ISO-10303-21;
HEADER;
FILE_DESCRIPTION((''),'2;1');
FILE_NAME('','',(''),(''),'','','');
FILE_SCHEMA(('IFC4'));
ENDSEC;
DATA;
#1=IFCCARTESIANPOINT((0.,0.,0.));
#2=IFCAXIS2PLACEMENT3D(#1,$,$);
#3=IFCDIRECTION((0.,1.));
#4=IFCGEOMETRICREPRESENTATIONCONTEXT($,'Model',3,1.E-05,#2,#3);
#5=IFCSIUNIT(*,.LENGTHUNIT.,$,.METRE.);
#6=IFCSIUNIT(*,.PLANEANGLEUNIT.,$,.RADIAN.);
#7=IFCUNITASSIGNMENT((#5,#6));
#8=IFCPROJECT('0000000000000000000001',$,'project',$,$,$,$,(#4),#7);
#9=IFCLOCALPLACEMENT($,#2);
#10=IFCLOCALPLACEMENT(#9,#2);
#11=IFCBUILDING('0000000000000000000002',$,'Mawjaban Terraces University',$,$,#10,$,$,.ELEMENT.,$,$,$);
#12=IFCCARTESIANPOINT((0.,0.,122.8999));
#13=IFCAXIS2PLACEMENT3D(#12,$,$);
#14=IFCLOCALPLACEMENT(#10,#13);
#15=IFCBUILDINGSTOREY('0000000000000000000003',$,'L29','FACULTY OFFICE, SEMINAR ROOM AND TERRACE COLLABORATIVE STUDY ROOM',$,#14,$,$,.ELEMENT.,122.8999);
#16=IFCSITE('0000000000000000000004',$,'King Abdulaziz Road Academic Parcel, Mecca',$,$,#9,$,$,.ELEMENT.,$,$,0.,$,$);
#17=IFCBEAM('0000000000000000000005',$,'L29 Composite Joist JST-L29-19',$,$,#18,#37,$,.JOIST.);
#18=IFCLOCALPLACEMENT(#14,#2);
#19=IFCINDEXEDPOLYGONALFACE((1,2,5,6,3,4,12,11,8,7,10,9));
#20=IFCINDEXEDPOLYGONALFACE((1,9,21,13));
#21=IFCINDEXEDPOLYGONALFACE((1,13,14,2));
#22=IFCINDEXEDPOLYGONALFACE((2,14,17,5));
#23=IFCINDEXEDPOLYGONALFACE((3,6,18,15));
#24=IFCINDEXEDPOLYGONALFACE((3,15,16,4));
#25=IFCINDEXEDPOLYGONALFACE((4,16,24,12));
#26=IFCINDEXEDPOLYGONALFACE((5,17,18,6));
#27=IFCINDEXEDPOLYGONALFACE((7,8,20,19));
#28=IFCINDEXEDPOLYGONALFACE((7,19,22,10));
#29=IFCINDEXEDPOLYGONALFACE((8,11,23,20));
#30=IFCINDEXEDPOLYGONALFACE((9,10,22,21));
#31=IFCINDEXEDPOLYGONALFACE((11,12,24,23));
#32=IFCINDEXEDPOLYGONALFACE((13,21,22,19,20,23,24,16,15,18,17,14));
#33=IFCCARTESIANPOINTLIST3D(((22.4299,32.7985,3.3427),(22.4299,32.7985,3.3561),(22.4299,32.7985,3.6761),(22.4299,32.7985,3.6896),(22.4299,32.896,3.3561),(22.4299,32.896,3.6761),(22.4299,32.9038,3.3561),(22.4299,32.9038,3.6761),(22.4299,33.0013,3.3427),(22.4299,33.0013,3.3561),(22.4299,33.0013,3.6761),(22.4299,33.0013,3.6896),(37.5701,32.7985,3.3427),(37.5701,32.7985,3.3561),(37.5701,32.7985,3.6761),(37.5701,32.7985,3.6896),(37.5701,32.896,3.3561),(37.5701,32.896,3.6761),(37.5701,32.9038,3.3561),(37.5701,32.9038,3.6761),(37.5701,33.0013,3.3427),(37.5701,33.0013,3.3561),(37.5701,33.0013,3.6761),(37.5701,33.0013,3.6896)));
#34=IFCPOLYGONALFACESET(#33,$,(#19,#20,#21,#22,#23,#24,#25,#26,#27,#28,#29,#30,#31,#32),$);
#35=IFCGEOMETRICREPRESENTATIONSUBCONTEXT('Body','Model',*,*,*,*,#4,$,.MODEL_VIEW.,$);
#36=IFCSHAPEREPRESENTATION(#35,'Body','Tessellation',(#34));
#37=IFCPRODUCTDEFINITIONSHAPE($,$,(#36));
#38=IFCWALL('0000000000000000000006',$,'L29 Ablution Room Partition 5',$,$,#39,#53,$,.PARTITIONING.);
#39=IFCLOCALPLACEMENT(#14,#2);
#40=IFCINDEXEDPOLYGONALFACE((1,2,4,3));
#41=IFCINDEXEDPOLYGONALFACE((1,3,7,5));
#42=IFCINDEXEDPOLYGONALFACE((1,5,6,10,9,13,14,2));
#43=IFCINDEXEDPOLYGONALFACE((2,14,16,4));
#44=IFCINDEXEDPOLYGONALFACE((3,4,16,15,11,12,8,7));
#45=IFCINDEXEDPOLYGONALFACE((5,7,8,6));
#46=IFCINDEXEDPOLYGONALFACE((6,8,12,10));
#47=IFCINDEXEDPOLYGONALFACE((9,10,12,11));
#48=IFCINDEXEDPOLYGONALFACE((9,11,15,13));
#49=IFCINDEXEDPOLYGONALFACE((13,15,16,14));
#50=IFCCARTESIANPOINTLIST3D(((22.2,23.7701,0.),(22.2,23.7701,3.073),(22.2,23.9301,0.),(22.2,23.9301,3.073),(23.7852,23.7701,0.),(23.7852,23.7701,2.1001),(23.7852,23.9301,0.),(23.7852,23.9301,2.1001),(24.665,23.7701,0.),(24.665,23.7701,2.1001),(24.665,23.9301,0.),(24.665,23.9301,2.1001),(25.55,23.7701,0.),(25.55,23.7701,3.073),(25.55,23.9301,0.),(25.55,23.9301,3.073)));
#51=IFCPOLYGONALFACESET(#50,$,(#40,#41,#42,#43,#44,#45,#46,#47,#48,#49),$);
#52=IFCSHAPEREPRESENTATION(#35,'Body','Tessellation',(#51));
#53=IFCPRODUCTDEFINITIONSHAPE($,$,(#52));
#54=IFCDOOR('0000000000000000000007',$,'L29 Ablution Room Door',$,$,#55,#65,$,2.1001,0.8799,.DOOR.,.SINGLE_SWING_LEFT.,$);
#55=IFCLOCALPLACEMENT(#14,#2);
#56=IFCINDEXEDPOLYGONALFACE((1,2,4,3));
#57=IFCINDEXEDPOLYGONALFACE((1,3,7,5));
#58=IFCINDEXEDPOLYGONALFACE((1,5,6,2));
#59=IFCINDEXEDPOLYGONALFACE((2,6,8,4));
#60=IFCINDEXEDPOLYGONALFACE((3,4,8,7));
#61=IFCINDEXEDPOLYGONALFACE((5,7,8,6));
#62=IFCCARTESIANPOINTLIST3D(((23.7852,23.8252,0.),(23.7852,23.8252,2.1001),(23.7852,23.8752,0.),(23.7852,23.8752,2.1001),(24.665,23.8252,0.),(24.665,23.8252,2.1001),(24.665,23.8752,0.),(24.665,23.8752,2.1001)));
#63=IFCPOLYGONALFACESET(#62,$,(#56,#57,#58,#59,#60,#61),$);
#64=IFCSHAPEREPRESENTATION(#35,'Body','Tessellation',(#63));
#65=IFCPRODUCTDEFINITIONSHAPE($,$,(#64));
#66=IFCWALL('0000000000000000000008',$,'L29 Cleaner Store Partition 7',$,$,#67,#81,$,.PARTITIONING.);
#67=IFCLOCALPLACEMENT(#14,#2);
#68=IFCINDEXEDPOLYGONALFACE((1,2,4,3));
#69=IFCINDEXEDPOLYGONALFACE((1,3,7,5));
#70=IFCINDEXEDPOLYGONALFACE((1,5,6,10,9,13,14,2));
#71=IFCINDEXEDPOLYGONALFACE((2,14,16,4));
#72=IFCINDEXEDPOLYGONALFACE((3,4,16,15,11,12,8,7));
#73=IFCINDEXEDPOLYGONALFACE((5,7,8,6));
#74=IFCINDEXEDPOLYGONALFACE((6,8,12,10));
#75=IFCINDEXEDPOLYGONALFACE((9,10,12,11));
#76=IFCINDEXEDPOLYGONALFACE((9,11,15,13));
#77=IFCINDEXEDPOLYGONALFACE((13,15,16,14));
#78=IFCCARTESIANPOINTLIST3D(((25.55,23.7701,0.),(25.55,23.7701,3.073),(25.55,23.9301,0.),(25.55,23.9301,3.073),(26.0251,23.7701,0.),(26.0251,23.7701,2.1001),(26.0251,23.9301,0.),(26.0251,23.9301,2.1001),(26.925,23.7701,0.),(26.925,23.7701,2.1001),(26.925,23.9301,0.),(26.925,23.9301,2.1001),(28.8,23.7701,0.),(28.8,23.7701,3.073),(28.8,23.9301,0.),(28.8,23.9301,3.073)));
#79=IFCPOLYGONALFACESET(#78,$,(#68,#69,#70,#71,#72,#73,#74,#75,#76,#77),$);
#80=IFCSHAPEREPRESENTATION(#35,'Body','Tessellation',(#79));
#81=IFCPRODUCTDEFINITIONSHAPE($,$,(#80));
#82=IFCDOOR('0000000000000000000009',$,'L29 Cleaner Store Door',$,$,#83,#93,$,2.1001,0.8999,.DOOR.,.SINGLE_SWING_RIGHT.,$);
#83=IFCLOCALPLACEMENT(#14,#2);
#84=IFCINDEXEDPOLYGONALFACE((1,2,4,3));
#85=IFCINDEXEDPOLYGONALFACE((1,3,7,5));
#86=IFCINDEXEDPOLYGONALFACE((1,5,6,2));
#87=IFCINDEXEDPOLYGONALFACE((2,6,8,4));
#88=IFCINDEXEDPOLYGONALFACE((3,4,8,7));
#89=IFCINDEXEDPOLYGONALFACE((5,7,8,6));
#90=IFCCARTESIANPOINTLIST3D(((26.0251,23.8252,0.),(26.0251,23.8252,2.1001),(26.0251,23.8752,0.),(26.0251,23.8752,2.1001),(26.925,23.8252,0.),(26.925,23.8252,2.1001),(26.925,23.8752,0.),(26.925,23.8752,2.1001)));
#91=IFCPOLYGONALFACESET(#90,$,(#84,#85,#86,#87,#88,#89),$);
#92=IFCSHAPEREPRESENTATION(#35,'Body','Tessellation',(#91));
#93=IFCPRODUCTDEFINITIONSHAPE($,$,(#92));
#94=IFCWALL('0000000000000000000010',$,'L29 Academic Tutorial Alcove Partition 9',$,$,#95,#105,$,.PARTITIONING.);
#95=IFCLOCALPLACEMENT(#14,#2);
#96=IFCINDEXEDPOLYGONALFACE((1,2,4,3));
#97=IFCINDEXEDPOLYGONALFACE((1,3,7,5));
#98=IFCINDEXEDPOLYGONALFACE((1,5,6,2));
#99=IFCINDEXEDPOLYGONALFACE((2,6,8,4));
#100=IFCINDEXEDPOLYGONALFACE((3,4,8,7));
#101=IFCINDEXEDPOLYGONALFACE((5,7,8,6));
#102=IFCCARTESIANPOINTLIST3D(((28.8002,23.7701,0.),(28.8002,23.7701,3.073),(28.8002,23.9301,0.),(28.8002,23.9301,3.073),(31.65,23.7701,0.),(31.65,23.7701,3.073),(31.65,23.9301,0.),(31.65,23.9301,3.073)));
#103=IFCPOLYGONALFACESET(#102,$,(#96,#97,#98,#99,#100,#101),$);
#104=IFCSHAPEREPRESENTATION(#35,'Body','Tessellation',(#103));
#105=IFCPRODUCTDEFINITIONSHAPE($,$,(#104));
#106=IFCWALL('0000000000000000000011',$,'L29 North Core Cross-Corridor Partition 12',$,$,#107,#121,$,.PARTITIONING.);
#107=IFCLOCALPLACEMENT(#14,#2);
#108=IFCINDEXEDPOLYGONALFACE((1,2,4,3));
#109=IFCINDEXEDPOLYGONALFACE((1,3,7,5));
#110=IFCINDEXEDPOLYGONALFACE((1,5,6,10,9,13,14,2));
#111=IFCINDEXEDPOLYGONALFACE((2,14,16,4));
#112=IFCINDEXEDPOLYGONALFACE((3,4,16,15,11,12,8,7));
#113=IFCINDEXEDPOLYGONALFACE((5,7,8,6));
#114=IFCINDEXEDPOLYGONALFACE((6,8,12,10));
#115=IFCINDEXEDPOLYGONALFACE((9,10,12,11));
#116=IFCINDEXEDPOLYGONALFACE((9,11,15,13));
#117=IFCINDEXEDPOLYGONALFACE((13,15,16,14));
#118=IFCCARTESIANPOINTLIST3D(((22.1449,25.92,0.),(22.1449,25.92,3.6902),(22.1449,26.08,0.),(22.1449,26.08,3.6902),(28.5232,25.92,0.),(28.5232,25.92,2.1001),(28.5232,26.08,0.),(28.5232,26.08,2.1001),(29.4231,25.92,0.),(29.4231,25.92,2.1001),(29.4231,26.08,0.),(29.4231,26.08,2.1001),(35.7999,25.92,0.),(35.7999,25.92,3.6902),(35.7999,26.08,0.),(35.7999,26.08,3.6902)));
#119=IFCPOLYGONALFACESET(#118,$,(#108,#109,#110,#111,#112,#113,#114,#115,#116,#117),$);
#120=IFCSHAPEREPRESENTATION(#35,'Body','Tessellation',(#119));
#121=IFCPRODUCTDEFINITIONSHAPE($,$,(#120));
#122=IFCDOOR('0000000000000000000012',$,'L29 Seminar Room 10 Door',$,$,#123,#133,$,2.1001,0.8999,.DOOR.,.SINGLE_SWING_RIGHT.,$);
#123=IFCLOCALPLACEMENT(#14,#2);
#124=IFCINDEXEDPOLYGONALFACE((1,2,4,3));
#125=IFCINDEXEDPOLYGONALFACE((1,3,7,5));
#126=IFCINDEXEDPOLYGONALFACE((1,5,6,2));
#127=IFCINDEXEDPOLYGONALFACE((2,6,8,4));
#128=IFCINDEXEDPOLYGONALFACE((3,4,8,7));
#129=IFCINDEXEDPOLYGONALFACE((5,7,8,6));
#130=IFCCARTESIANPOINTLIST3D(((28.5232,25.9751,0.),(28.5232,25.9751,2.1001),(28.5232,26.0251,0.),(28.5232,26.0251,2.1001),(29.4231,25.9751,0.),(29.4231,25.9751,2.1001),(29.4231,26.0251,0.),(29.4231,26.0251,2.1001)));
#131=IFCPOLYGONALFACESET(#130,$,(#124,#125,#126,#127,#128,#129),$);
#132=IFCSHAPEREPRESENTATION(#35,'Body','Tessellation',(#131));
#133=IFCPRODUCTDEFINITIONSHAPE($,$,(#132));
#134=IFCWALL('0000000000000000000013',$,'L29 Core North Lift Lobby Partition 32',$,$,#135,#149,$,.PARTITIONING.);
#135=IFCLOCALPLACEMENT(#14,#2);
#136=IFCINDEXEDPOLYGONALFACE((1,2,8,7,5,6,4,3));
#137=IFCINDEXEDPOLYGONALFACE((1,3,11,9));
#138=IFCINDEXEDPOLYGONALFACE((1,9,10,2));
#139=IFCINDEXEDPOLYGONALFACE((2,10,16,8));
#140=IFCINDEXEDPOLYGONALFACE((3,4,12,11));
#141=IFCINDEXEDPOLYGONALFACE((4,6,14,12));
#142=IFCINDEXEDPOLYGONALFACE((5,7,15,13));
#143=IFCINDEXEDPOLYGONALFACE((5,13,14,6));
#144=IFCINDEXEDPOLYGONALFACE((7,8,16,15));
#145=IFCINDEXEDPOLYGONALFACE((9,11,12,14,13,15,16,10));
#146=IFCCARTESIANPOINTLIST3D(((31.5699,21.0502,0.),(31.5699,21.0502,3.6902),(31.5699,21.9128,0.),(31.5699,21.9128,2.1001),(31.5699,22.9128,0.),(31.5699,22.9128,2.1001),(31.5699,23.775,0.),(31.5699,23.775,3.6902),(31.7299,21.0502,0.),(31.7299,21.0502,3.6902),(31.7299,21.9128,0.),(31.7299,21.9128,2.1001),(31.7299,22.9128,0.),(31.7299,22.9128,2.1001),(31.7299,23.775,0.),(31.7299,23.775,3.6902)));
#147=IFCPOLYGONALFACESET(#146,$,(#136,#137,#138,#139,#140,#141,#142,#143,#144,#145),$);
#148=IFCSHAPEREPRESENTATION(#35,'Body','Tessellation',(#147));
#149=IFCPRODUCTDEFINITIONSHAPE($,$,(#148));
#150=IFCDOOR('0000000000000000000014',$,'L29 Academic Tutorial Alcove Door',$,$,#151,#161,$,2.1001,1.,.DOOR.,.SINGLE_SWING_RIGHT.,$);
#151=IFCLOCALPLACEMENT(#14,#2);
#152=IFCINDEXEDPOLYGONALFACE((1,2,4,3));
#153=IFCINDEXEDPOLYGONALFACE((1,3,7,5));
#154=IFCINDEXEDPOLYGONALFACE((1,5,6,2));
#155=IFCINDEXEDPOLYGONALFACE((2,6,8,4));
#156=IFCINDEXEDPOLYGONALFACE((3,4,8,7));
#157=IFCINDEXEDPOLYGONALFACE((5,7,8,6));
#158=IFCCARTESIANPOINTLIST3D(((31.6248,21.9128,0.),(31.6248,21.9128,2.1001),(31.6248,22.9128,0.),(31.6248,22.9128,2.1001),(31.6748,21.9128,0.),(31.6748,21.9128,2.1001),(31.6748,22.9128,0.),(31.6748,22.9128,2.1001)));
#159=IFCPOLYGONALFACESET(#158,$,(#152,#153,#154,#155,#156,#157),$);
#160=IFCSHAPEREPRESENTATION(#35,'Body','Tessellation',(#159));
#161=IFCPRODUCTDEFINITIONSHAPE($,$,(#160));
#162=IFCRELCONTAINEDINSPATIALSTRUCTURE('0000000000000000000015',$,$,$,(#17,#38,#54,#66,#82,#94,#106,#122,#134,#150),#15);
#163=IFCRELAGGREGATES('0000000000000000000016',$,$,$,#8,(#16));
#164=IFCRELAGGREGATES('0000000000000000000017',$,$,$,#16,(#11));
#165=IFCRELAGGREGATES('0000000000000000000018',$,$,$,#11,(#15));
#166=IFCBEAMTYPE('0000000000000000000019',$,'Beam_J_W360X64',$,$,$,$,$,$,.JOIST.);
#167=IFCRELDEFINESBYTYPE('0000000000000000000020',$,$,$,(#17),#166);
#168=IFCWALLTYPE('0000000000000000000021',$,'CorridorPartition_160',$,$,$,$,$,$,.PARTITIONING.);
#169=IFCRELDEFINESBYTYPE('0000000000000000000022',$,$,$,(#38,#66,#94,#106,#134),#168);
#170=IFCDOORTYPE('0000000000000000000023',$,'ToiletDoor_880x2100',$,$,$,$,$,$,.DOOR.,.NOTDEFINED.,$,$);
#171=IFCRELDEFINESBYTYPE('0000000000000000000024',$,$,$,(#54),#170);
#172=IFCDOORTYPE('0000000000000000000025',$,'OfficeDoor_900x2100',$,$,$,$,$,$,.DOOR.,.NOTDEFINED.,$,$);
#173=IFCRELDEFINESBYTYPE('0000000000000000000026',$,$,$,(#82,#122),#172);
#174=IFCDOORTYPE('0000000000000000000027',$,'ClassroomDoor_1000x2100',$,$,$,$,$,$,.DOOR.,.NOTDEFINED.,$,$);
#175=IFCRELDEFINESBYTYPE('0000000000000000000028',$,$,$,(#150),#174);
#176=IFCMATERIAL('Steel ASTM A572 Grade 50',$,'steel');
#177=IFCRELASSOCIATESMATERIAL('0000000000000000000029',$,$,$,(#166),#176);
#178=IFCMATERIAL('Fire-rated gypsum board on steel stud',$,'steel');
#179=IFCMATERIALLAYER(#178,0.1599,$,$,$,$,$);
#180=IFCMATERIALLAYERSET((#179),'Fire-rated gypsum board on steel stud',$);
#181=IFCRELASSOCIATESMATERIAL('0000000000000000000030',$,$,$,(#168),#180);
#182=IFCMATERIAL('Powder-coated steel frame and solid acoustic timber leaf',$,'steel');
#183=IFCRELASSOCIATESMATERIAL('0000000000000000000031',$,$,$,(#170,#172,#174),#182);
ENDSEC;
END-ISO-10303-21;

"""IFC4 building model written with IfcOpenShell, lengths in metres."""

from ifc_helpers import new_model, si_unit, direction, frame, frame_2d, origin, origin_2d, place, context, subcontext, project, spatial, rectangle, i_section, extrude, material, layer, layer_set, material_profile, profile_set, type_object, element, fill, save


model = new_model("IFC4")

# Units and contexts
model_context = context("Model", 3, precision=1e-05, world=origin(), true_north=direction((0.0, 1.0)))
body_context = subcontext(model_context, "Body", "Model", "MODEL_VIEW")
ifc_project = project(units=[si_unit("LENGTHUNIT", "METRE"), si_unit("PLANEANGLEUNIT", "RADIAN")], contexts=[model_context])

# Site, building, storey
site_placement = place(None, origin())
site = spatial("IfcSite", under=ifc_project, at=site_placement, Name="King Abdulaziz Road Academic Parcel, Mecca", CompositionType="ELEMENT", RefElevation=0.0)
building_placement = place(site_placement, origin())
building = spatial("IfcBuilding", under=site, at=building_placement, Name="Mawjaban Terraces University", CompositionType="ELEMENT")
storey_placement = place(building_placement, frame((0.0, 0.0, 122.8999)))
storey = spatial("IfcBuildingStorey", under=building, at=storey_placement, Name="L29", Description="FACULTY OFFICE, SEMINAR ROOM AND TERRACE COLLABORATIVE STUDY ROOM", CompositionType="ELEMENT", Elevation=122.8999)

# Beam
ifc_material_1 = material(Name="Steel ASTM A572 Grade 50", Category="steel")
ifc_material_profile_1 = material_profile(ifc_material_1, i_section(OverallWidth=0.2029, OverallDepth=0.3469, WebThickness=0.0078, FlangeThickness=0.0134, at=origin_2d()), Name="W360X64")
ifc_profile_set_1 = profile_set([ifc_material_profile_1], Name="Steel ASTM A572 Grade 50")
beam_type_1 = type_object("IfcBeamType", Name="Beam_J_W360X64", PredefinedType="JOIST", material=ifc_profile_set_1)
for number, where, z_axis, x_axis, name in (
    (1, (22.4299, 32.8999, 3.5161), (1.0, 0.0, 0.0), (0.0, 1.0, 0.0), "L29 Composite Joist JST-L29-19"),
):
    element("IfcBeam", number, at=place(storey_placement, frame(where, z_axis=z_axis, x_axis=x_axis)), inside=storey, type_object=beam_type_1, Name=name, PredefinedType="JOIST", context=body_context, shape_type="SweptSolid", body=[
        extrude(i_section(OverallWidth=0.2029, OverallDepth=0.3469, WebThickness=0.0078, FlangeThickness=0.0134, at=origin_2d()), origin(), (0.0, 0.0, 1.0), 15.1401),
    ])

# Walls, openings, doors
ifc_material_2 = material(Name="Fire-rated gypsum board on steel stud", Category="steel")
ifc_layer_1 = layer(ifc_material_2, 0.1599)
ifc_layer_set_1 = layer_set([ifc_layer_1], Name="Fire-rated gypsum board on steel stud")
wall_type_1 = type_object("IfcWallType", Name="CorridorPartition_160", PredefinedType="PARTITIONING", material=ifc_layer_set_1)
wall_1_placement = place(storey_placement, frame((25.55, 23.8501, 0.0), z_axis=(0.0, 0.0, 1.0), x_axis=(-1.0, 0.0, 0.0)))
wall_1 = element("IfcWall", 2, at=wall_1_placement, inside=storey, type_object=wall_type_1, Name="L29 Ablution Room Partition 5", PredefinedType="PARTITIONING", context=body_context, shape_type="SweptSolid", body=[
    extrude(rectangle(XDim=3.3501, YDim=0.1599, at=frame_2d((1.675, 0.0))), origin(), (0.0, 0.0, 1.0), 3.073),
])
opening_1_placement = place(wall_1_placement, frame((0.885, 0.0, 0.0)))
opening_1 = element("IfcOpeningElement", 3, at=opening_1_placement, cuts=wall_1, PredefinedType="OPENING", context=body_context, shape_type="SweptSolid", body=[
    extrude(rectangle(XDim=0.8799, YDim=2.1001, at=frame_2d((0.4399, 1.05))), frame((0.0, 0.0898, 0.0), z_axis=(0.0, -1.0, 0.0), x_axis=(1.0, 0.0, 0.0)), (0.0, 0.0, 1.0), 0.1799),
])
ifc_material_3 = material(Name="Powder-coated steel frame and solid acoustic timber leaf", Category="steel")
door_type_1 = type_object("IfcDoorType", Name="ToiletDoor_880x2100", OperationType="NOTDEFINED", PredefinedType="DOOR", material=ifc_material_3)
door_1_placement = place(opening_1_placement, origin())
door_1 = element("IfcDoor", 4, at=door_1_placement, inside=storey, type_object=door_type_1, Name="L29 Ablution Room Door", OperationType="SINGLE_SWING_LEFT", OverallHeight=2.1001, OverallWidth=0.8799, PredefinedType="DOOR", context=body_context, shape_type="SweptSolid", body=[
    extrude(rectangle(XDim=0.8799, YDim=2.1001, at=frame_2d((0.4399, 1.05))), frame((0.0, 0.0249, 0.0), z_axis=(0.0, -1.0, 0.0), x_axis=(1.0, 0.0, 0.0)), (0.0, 0.0, 1.0), 0.05),
])
fill(opening_1, door_1)
wall_2_placement = place(storey_placement, frame((28.8, 23.8501, 0.0), z_axis=(0.0, 0.0, 1.0), x_axis=(-1.0, 0.0, 0.0)))
wall_2 = element("IfcWall", 5, at=wall_2_placement, inside=storey, type_object=wall_type_1, Name="L29 Cleaner Store Partition 7", PredefinedType="PARTITIONING", context=body_context, shape_type="SweptSolid", body=[
    extrude(rectangle(XDim=3.25, YDim=0.1599, at=frame_2d((1.625, 0.0))), origin(), (0.0, 0.0, 1.0), 3.073),
])
opening_2_placement = place(wall_2_placement, frame((1.875, 0.0, 0.0)))
opening_2 = element("IfcOpeningElement", 6, at=opening_2_placement, cuts=wall_2, PredefinedType="OPENING", context=body_context, shape_type="SweptSolid", body=[
    extrude(rectangle(XDim=0.8999, YDim=2.1001, at=frame_2d((0.45, 1.05))), frame((0.0, 0.0898, 0.0), z_axis=(0.0, -1.0, 0.0), x_axis=(1.0, 0.0, 0.0)), (0.0, 0.0, 1.0), 0.1799),
])
door_type_2 = type_object("IfcDoorType", Name="OfficeDoor_900x2100", OperationType="NOTDEFINED", PredefinedType="DOOR", material=ifc_material_3)
door_2_placement = place(opening_2_placement, origin())
door_2 = element("IfcDoor", 7, at=door_2_placement, inside=storey, type_object=door_type_2, Name="L29 Cleaner Store Door", OperationType="SINGLE_SWING_RIGHT", OverallHeight=2.1001, OverallWidth=0.8999, PredefinedType="DOOR", context=body_context, shape_type="SweptSolid", body=[
    extrude(rectangle(XDim=0.8999, YDim=2.1001, at=frame_2d((0.45, 1.05))), frame((0.0, 0.0249, 0.0), z_axis=(0.0, -1.0, 0.0), x_axis=(1.0, 0.0, 0.0)), (0.0, 0.0, 1.0), 0.05),
])
fill(opening_2, door_2)

# Wall
wall_3_placement = place(storey_placement, frame((31.6499, 23.8501, 0.0), z_axis=(0.0, 0.0, 1.0), x_axis=(-1.0, 0.0, 0.0)))
element("IfcWall", 8, at=wall_3_placement, inside=storey, type_object=wall_type_1, Name="L29 Academic Tutorial Alcove Partition 9", PredefinedType="PARTITIONING", context=body_context, shape_type="SweptSolid", body=[
    extrude(rectangle(XDim=2.8499, YDim=0.1599, at=frame_2d((1.4248, 0.0))), origin(), (0.0, 0.0, 1.0), 3.073),
])

# Walls, openings, doors
wall_4_placement = place(storey_placement, frame((35.8, 26.0, 0.0), z_axis=(0.0, 0.0, 1.0), x_axis=(-1.0, 0.0, 0.0)))
wall_4 = element("IfcWall", 9, at=wall_4_placement, inside=storey, type_object=wall_type_1, Name="L29 North Core Cross-Corridor Partition 12", PredefinedType="PARTITIONING", context=body_context, shape_type="SweptSolid", body=[
    extrude(rectangle(XDim=13.655, YDim=0.1599, at=frame_2d((6.8276, 0.0))), origin(), (0.0, 0.0, 1.0), 3.6902),
])
opening_3_placement = place(wall_4_placement, frame((6.377, 0.0, 0.0)))
opening_3 = element("IfcOpeningElement", 10, at=opening_3_placement, cuts=wall_4, PredefinedType="OPENING", context=body_context, shape_type="SweptSolid", body=[
    extrude(rectangle(XDim=0.8999, YDim=2.1001, at=frame_2d((0.45, 1.05))), frame((0.0, 0.0898, 0.0), z_axis=(0.0, -1.0, 0.0), x_axis=(1.0, 0.0, 0.0)), (0.0, 0.0, 1.0), 0.1799),
])
door_3_placement = place(opening_3_placement, origin())
door_3 = element("IfcDoor", 11, at=door_3_placement, inside=storey, type_object=door_type_2, Name="L29 Seminar Room 10 Door", OperationType="SINGLE_SWING_RIGHT", OverallHeight=2.1001, OverallWidth=0.8999, PredefinedType="DOOR", context=body_context, shape_type="SweptSolid", body=[
    extrude(rectangle(XDim=0.8999, YDim=2.1001, at=frame_2d((0.45, 1.05))), frame((0.0, 0.0249, 0.0), z_axis=(0.0, -1.0, 0.0), x_axis=(1.0, 0.0, 0.0)), (0.0, 0.0, 1.0), 0.05),
])
fill(opening_3, door_3)
wall_5_placement = place(storey_placement, frame((31.6499, 23.7749, 0.0), z_axis=(0.0, 0.0, 1.0), x_axis=(0.0, -1.0, 0.0)))
wall_5 = element("IfcWall", 12, at=wall_5_placement, inside=storey, type_object=wall_type_1, Name="L29 Core North Lift Lobby Partition 32", PredefinedType="PARTITIONING", context=body_context, shape_type="SweptSolid", body=[
    extrude(rectangle(XDim=2.7249, YDim=0.1599, at=frame_2d((1.3623, 0.0))), origin(), (0.0, 0.0, 1.0), 3.6902),
])
opening_4_placement = place(wall_5_placement, frame((0.8621, 0.0, 0.0)))
opening_4 = element("IfcOpeningElement", 13, at=opening_4_placement, cuts=wall_5, PredefinedType="OPENING", context=body_context, shape_type="SweptSolid", body=[
    extrude(rectangle(XDim=1.0, YDim=2.1001, at=frame_2d((0.5, 1.05))), frame((0.0, 0.0898, 0.0), z_axis=(0.0, -1.0, 0.0), x_axis=(1.0, 0.0, 0.0)), (0.0, 0.0, 1.0), 0.1799),
])
door_type_3 = type_object("IfcDoorType", Name="ClassroomDoor_1000x2100", OperationType="NOTDEFINED", PredefinedType="DOOR", material=ifc_material_3)
door_4_placement = place(opening_4_placement, origin())
door_4 = element("IfcDoor", 14, at=door_4_placement, inside=storey, type_object=door_type_3, Name="L29 Academic Tutorial Alcove Door", OperationType="SINGLE_SWING_RIGHT", OverallHeight=2.1001, OverallWidth=1.0, PredefinedType="DOOR", context=body_context, shape_type="SweptSolid", body=[
    extrude(rectangle(XDim=1.0, YDim=2.1001, at=frame_2d((0.5, 1.05))), frame((0.0, 0.0249, 0.0), z_axis=(0.0, -1.0, 0.0), x_axis=(1.0, 0.0, 0.0)), (0.0, 0.0, 1.0), 0.05),
])
fill(opening_4, door_4)

save(model, "model.ifc")
